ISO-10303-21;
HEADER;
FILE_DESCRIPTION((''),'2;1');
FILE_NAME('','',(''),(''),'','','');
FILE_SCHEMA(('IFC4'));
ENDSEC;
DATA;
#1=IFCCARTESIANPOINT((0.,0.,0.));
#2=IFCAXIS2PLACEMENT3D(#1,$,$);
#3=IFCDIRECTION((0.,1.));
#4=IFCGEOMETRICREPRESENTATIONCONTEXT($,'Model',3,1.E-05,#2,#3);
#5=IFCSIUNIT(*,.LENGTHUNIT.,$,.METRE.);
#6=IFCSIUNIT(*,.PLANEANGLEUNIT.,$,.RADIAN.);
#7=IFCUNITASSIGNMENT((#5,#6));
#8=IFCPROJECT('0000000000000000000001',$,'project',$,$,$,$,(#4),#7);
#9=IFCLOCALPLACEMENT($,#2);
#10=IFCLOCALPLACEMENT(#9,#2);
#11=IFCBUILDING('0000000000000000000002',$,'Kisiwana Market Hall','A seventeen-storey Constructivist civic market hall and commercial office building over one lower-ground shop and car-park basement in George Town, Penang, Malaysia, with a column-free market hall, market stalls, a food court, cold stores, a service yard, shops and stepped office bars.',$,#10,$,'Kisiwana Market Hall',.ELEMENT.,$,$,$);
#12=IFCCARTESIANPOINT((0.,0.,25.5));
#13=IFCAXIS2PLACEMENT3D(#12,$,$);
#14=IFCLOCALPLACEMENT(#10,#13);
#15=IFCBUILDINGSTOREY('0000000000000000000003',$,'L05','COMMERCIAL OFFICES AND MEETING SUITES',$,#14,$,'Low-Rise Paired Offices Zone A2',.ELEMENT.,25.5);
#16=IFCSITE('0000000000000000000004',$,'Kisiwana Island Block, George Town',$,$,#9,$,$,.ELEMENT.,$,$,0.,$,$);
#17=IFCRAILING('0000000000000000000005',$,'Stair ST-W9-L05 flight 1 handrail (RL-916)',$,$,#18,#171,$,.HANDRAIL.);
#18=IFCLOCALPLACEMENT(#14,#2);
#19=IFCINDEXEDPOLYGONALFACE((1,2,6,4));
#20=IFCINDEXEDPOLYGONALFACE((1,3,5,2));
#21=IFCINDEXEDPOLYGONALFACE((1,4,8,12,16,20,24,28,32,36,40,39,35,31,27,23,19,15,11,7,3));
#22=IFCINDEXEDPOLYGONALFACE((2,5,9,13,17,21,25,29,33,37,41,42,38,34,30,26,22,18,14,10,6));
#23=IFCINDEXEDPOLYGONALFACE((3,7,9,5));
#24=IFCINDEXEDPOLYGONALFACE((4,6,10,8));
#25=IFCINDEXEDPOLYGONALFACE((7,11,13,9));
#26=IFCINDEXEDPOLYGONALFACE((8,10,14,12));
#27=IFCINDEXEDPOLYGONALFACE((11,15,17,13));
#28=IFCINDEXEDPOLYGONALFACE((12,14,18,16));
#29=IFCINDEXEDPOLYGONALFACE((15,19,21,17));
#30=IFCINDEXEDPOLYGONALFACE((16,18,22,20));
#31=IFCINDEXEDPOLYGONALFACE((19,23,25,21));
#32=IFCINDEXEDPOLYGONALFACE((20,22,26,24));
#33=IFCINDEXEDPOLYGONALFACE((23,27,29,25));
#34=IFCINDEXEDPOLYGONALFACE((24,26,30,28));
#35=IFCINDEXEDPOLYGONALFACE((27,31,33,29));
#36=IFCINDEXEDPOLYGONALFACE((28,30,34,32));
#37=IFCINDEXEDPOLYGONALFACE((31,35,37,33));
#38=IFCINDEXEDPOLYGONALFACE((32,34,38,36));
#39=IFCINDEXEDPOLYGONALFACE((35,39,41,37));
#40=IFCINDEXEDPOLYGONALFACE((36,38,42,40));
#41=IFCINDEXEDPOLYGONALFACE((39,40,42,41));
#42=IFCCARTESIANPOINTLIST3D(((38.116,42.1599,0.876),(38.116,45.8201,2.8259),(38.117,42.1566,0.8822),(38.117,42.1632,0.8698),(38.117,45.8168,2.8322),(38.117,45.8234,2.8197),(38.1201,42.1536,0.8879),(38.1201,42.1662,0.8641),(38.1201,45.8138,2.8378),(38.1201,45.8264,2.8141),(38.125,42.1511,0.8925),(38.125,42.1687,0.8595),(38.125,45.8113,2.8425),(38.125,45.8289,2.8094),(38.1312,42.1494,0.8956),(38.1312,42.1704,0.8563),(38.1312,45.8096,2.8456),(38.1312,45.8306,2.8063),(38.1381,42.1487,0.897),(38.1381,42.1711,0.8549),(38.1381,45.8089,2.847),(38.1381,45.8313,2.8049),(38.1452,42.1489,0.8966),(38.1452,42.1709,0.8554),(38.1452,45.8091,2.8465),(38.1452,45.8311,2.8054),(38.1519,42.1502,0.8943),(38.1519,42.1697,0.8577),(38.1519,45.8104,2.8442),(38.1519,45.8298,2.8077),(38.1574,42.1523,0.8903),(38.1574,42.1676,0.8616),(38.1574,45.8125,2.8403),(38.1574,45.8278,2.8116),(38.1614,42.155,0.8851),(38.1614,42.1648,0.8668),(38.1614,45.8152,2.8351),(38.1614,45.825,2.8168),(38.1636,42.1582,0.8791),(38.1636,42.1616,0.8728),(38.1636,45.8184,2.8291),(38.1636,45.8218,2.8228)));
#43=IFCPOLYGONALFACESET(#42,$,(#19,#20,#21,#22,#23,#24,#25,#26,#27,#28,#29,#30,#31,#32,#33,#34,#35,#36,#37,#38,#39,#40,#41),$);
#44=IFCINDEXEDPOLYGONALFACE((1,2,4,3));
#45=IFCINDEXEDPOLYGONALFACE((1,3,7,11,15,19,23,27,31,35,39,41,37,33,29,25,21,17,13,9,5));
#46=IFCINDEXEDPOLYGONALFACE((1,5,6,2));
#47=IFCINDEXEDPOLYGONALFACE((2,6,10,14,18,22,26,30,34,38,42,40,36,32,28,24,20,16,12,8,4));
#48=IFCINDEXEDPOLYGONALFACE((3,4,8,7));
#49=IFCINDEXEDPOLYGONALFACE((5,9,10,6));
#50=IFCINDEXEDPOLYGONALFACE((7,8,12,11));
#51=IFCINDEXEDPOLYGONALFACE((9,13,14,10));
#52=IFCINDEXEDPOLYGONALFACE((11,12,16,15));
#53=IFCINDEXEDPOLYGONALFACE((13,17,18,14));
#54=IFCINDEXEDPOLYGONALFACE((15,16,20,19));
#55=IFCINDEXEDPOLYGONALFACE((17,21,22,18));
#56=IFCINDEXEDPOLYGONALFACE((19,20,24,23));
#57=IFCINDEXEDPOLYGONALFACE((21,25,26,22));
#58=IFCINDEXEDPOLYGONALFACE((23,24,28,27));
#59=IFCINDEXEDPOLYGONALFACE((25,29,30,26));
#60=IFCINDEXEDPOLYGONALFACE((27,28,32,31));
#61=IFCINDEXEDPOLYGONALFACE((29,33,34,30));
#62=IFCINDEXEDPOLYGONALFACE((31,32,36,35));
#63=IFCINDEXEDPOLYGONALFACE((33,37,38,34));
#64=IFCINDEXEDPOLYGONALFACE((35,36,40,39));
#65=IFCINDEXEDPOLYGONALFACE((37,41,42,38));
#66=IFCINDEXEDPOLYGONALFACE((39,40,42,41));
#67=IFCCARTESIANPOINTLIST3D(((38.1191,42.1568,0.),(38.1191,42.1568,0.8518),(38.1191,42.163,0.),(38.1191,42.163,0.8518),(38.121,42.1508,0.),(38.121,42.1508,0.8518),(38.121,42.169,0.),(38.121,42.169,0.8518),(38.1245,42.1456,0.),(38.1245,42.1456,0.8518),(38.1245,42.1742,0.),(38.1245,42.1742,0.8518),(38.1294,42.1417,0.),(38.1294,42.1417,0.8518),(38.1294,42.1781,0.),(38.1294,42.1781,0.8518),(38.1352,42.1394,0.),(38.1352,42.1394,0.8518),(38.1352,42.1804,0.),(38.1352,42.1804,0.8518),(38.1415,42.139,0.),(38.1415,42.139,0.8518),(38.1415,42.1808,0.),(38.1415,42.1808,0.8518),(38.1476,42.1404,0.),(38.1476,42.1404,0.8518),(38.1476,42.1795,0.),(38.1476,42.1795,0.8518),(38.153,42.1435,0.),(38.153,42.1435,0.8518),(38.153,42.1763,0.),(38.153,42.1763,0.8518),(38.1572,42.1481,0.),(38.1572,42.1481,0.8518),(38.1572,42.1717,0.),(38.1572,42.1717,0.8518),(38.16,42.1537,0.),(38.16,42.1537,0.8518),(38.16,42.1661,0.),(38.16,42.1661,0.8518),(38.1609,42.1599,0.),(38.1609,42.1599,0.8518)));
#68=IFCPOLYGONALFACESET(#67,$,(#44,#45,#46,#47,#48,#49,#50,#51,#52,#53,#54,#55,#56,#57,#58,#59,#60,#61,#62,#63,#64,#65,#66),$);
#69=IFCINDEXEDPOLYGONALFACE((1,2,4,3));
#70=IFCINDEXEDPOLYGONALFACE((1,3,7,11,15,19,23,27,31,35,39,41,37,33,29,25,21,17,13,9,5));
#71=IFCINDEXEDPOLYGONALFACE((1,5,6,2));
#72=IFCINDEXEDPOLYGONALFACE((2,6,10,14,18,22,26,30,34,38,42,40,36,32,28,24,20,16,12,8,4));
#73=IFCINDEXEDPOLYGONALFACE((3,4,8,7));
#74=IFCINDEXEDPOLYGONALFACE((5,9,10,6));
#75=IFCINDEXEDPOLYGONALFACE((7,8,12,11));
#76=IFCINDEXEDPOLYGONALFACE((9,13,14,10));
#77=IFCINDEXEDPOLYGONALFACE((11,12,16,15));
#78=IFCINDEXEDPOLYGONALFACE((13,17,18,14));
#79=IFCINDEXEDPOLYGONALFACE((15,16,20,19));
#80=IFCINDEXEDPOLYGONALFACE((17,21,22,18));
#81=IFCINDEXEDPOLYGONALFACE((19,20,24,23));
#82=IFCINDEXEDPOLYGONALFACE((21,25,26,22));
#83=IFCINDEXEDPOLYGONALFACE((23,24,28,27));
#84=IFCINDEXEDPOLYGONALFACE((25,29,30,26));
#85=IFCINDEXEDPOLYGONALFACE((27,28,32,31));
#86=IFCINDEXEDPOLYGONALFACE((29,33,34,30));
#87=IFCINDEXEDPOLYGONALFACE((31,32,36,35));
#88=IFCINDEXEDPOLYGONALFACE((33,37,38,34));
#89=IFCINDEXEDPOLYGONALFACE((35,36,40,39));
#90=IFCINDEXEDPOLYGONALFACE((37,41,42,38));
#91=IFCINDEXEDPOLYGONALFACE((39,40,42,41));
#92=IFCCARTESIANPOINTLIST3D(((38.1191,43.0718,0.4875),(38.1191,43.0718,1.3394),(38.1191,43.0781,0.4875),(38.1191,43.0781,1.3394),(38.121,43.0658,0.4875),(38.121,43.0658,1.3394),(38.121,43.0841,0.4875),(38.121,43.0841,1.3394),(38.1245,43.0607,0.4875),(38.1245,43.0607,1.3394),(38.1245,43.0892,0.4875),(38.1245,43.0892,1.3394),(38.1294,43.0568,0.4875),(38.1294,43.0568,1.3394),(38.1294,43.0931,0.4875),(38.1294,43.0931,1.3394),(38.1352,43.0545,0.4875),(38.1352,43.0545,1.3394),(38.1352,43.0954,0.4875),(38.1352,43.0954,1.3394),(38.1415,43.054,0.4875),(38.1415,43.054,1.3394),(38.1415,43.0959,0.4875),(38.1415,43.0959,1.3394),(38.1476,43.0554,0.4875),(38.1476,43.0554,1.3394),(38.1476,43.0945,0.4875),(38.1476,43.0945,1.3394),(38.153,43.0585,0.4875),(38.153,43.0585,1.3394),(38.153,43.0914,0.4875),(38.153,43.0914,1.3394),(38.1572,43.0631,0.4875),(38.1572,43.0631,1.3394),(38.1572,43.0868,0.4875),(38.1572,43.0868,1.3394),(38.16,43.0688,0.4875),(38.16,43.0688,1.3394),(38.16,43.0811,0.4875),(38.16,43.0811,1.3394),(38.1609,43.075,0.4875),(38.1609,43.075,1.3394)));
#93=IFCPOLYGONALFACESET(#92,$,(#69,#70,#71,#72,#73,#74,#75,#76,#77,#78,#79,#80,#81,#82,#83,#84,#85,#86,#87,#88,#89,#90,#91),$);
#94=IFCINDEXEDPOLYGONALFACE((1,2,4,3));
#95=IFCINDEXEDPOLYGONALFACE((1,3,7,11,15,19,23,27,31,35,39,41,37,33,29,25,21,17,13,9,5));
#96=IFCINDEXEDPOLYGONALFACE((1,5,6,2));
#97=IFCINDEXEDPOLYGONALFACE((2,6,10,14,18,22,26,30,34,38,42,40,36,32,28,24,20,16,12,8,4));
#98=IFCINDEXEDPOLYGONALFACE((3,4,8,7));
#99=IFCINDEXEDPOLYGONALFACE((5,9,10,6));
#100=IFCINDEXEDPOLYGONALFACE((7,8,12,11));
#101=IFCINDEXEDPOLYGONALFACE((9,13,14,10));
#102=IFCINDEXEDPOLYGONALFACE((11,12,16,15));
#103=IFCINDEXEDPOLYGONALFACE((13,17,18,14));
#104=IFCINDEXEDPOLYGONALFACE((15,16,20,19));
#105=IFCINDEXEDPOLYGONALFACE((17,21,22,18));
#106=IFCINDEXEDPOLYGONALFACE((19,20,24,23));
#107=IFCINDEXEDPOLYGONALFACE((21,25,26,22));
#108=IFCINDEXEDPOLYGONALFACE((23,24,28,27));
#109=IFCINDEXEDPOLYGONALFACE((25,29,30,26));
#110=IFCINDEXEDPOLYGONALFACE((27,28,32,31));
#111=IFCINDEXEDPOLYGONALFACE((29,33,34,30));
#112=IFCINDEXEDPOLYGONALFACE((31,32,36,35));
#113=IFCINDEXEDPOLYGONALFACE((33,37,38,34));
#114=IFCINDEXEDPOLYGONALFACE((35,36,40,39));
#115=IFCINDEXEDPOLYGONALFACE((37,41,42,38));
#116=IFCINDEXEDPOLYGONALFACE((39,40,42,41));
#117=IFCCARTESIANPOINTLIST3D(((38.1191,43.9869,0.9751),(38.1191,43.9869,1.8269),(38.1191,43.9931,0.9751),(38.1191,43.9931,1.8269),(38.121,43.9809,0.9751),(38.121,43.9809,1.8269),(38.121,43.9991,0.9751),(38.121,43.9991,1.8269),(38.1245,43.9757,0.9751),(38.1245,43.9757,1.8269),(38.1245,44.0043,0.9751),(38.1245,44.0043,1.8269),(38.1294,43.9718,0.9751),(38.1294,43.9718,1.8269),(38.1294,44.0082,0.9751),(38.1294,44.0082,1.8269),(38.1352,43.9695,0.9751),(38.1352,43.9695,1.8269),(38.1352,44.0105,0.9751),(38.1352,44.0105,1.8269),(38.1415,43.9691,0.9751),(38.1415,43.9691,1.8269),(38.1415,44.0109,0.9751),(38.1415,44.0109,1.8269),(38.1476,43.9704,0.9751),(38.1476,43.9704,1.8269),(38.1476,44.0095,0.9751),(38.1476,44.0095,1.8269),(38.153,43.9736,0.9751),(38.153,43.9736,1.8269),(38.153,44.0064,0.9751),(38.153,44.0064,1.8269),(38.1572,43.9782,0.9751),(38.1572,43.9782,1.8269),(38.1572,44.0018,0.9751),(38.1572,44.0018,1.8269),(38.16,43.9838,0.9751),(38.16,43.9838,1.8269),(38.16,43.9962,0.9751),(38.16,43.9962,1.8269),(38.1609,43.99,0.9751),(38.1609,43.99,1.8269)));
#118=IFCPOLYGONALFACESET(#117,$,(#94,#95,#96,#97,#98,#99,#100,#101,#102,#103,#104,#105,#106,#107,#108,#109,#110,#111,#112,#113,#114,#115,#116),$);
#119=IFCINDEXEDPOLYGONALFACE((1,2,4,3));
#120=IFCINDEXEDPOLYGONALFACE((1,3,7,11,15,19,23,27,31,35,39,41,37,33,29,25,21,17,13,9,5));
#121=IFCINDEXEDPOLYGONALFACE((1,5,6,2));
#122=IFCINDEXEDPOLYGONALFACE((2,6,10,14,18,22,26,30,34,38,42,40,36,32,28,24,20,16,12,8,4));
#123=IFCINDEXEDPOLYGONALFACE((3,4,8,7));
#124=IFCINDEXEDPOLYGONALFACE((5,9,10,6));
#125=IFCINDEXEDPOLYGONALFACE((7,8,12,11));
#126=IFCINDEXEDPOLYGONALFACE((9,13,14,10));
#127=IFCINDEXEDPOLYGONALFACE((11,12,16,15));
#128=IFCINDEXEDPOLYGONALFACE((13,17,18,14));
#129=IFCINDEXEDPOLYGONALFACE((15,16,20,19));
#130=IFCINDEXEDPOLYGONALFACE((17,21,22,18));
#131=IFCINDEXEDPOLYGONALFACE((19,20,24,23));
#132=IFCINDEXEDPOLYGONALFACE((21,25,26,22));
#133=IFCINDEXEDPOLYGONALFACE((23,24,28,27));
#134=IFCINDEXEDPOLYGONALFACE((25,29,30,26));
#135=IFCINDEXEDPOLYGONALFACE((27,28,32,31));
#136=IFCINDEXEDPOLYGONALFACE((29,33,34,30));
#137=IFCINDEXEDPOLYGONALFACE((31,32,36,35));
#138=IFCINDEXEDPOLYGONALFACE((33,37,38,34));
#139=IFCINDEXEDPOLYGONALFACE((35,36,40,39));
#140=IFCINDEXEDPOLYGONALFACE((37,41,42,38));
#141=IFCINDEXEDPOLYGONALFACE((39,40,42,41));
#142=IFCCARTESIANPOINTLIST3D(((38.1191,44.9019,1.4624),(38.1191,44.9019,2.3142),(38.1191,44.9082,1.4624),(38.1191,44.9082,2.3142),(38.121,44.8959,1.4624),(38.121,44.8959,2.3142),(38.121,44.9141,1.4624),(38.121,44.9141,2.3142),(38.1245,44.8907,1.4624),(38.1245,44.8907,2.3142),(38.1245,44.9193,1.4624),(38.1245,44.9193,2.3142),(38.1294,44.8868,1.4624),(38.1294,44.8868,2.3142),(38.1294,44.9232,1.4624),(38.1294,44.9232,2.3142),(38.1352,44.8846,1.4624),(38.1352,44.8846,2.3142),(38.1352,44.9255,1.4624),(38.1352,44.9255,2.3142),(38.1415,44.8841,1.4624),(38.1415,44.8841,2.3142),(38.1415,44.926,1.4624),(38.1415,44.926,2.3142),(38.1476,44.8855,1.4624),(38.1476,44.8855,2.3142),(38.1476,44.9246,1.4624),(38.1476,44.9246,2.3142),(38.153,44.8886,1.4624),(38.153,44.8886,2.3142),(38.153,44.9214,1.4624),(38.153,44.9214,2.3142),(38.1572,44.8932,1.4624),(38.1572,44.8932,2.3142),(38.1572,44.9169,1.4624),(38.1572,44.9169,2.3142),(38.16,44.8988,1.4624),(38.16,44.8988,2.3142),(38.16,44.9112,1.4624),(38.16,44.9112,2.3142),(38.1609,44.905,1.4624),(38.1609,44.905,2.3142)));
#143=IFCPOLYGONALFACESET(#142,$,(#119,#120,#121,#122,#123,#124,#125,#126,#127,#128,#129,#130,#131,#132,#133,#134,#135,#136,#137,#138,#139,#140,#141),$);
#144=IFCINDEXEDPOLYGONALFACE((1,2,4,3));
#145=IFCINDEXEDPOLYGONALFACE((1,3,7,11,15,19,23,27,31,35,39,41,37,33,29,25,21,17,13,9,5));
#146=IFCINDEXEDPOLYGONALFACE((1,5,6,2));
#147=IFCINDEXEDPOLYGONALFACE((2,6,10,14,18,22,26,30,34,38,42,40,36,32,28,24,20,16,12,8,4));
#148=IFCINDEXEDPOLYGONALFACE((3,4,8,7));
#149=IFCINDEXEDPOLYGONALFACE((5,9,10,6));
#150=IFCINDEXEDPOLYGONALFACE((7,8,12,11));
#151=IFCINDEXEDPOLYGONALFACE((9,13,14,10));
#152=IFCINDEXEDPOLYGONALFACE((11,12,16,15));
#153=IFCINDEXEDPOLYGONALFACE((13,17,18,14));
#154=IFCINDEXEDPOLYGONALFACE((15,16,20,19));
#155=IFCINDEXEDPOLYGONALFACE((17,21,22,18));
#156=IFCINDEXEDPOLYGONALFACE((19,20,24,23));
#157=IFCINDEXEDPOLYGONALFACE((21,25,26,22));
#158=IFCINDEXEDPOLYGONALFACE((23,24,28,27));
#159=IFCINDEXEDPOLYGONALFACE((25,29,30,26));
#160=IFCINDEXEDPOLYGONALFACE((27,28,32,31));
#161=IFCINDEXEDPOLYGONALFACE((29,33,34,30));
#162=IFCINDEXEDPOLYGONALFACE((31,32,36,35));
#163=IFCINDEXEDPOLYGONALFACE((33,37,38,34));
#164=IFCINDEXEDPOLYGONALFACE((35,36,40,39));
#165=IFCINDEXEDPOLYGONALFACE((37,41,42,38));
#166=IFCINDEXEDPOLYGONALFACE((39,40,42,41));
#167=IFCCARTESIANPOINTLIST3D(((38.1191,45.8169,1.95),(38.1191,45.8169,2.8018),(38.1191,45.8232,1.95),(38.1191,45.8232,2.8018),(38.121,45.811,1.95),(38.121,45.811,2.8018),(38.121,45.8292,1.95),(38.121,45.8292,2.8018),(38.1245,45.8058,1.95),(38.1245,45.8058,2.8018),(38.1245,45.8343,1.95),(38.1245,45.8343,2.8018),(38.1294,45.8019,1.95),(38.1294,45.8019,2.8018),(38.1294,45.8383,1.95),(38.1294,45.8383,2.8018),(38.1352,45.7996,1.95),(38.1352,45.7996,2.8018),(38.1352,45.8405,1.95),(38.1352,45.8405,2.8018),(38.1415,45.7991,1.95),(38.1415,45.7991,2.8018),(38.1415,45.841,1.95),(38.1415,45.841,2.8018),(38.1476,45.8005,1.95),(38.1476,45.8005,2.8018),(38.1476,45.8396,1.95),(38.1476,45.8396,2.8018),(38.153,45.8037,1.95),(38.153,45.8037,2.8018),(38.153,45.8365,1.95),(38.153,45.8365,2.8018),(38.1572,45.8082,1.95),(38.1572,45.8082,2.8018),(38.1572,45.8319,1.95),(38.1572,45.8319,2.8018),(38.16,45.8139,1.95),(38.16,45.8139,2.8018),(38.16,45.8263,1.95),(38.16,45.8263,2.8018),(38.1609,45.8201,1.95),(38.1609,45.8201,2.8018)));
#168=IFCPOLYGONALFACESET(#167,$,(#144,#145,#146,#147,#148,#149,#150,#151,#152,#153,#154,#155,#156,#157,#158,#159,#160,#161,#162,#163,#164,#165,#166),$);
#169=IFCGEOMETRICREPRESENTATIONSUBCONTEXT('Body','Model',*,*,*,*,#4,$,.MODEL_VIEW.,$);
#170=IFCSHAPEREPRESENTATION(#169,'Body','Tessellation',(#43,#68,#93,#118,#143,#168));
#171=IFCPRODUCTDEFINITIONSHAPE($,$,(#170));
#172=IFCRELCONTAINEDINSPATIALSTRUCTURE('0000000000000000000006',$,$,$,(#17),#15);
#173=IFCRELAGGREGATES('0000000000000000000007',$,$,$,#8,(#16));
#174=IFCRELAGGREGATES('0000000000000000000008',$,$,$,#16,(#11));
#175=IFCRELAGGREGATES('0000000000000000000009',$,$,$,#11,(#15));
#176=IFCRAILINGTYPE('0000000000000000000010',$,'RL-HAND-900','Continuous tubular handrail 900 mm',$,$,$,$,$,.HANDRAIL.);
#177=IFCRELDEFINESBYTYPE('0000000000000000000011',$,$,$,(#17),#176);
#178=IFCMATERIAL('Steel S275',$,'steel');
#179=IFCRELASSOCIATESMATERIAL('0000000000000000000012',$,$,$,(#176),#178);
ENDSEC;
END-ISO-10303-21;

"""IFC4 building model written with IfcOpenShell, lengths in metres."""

from ifc_helpers import new_model, si_unit, direction, frame, origin, origin_2d, place, context, subcontext, project, spatial, circle, extrude, material, type_object, element, save


model = new_model("IFC4")

# Units and contexts
model_context = context("Model", 3, precision=1e-05, world=origin(), true_north=direction((0.0, 1.0)))
body_context = subcontext(model_context, "Body", "Model", "MODEL_VIEW")
ifc_project = project(units=[si_unit("LENGTHUNIT", "METRE"), si_unit("PLANEANGLEUNIT", "RADIAN")], contexts=[model_context])

# Site, building, storey
site_placement = place(None, origin())
site = spatial("IfcSite", under=ifc_project, at=site_placement, Name="Kisiwana Island Block, George Town", CompositionType="ELEMENT", RefElevation=0.0)
building_placement = place(site_placement, origin())
building = spatial("IfcBuilding", under=site, at=building_placement, Name="Kisiwana Market Hall", Description="A seventeen-storey Constructivist civic market hall and commercial office building over one lower-ground shop and car-park basement in George Town, Penang, Malaysia, with a column-free market hall, market stalls, a food court, cold stores, a service yard, shops and stepped office bars.", LongName="Kisiwana Market Hall", CompositionType="ELEMENT")
storey_placement = place(building_placement, frame((0.0, 0.0, 25.5)))
storey = spatial("IfcBuildingStorey", under=building, at=storey_placement, Name="L05", Description="COMMERCIAL OFFICES AND MEETING SUITES", LongName="Low-Rise Paired Offices Zone A2", CompositionType="ELEMENT", Elevation=25.5)

# Railing
ifc_material_1 = material(Name="Steel S275", Category="steel")
railing_type_1 = type_object("IfcRailingType", Name="RL-HAND-900", Description="Continuous tubular handrail 900 mm", PredefinedType="HANDRAIL", material=ifc_material_1)
railing_1_placement = place(storey_placement, frame((38.1399, 42.1599, 0.0)))
element("IfcRailing", 1, at=railing_1_placement, inside=storey, type_object=railing_type_1, Name="Stair ST-W9-L05 flight 1 handrail (RL-916)", PredefinedType="HANDRAIL", context=body_context, shape_type="SweptSolid", body=[
    extrude(circle(Radius=0.0239, at=origin_2d()), frame((0.0, 0.0, 0.876), z_axis=(0.0, 0.882566, 0.470188), x_axis=(-1.0, 0.0, 0.0)), (0.0, 0.0, 1.0), 4.1472),
    extrude(circle(Radius=0.021, at=origin_2d()), origin(), (0.0, 0.0, 1.0), 0.8518),
    extrude(circle(Radius=0.021, at=origin_2d()), frame((0.0, 0.915, 0.4875)), (0.0, 0.0, 1.0), 0.8518),
    extrude(circle(Radius=0.021, at=origin_2d()), frame((0.0, 1.8301, 0.9751)), (0.0, 0.0, 1.0), 0.8518),
    extrude(circle(Radius=0.021, at=origin_2d()), frame((0.0, 2.7451, 1.4624)), (0.0, 0.0, 1.0), 0.8518),
    extrude(circle(Radius=0.021, at=origin_2d()), frame((0.0, 3.6602, 1.95)), (0.0, 0.0, 1.0), 0.8518),
])

save(model, "model.ifc")
